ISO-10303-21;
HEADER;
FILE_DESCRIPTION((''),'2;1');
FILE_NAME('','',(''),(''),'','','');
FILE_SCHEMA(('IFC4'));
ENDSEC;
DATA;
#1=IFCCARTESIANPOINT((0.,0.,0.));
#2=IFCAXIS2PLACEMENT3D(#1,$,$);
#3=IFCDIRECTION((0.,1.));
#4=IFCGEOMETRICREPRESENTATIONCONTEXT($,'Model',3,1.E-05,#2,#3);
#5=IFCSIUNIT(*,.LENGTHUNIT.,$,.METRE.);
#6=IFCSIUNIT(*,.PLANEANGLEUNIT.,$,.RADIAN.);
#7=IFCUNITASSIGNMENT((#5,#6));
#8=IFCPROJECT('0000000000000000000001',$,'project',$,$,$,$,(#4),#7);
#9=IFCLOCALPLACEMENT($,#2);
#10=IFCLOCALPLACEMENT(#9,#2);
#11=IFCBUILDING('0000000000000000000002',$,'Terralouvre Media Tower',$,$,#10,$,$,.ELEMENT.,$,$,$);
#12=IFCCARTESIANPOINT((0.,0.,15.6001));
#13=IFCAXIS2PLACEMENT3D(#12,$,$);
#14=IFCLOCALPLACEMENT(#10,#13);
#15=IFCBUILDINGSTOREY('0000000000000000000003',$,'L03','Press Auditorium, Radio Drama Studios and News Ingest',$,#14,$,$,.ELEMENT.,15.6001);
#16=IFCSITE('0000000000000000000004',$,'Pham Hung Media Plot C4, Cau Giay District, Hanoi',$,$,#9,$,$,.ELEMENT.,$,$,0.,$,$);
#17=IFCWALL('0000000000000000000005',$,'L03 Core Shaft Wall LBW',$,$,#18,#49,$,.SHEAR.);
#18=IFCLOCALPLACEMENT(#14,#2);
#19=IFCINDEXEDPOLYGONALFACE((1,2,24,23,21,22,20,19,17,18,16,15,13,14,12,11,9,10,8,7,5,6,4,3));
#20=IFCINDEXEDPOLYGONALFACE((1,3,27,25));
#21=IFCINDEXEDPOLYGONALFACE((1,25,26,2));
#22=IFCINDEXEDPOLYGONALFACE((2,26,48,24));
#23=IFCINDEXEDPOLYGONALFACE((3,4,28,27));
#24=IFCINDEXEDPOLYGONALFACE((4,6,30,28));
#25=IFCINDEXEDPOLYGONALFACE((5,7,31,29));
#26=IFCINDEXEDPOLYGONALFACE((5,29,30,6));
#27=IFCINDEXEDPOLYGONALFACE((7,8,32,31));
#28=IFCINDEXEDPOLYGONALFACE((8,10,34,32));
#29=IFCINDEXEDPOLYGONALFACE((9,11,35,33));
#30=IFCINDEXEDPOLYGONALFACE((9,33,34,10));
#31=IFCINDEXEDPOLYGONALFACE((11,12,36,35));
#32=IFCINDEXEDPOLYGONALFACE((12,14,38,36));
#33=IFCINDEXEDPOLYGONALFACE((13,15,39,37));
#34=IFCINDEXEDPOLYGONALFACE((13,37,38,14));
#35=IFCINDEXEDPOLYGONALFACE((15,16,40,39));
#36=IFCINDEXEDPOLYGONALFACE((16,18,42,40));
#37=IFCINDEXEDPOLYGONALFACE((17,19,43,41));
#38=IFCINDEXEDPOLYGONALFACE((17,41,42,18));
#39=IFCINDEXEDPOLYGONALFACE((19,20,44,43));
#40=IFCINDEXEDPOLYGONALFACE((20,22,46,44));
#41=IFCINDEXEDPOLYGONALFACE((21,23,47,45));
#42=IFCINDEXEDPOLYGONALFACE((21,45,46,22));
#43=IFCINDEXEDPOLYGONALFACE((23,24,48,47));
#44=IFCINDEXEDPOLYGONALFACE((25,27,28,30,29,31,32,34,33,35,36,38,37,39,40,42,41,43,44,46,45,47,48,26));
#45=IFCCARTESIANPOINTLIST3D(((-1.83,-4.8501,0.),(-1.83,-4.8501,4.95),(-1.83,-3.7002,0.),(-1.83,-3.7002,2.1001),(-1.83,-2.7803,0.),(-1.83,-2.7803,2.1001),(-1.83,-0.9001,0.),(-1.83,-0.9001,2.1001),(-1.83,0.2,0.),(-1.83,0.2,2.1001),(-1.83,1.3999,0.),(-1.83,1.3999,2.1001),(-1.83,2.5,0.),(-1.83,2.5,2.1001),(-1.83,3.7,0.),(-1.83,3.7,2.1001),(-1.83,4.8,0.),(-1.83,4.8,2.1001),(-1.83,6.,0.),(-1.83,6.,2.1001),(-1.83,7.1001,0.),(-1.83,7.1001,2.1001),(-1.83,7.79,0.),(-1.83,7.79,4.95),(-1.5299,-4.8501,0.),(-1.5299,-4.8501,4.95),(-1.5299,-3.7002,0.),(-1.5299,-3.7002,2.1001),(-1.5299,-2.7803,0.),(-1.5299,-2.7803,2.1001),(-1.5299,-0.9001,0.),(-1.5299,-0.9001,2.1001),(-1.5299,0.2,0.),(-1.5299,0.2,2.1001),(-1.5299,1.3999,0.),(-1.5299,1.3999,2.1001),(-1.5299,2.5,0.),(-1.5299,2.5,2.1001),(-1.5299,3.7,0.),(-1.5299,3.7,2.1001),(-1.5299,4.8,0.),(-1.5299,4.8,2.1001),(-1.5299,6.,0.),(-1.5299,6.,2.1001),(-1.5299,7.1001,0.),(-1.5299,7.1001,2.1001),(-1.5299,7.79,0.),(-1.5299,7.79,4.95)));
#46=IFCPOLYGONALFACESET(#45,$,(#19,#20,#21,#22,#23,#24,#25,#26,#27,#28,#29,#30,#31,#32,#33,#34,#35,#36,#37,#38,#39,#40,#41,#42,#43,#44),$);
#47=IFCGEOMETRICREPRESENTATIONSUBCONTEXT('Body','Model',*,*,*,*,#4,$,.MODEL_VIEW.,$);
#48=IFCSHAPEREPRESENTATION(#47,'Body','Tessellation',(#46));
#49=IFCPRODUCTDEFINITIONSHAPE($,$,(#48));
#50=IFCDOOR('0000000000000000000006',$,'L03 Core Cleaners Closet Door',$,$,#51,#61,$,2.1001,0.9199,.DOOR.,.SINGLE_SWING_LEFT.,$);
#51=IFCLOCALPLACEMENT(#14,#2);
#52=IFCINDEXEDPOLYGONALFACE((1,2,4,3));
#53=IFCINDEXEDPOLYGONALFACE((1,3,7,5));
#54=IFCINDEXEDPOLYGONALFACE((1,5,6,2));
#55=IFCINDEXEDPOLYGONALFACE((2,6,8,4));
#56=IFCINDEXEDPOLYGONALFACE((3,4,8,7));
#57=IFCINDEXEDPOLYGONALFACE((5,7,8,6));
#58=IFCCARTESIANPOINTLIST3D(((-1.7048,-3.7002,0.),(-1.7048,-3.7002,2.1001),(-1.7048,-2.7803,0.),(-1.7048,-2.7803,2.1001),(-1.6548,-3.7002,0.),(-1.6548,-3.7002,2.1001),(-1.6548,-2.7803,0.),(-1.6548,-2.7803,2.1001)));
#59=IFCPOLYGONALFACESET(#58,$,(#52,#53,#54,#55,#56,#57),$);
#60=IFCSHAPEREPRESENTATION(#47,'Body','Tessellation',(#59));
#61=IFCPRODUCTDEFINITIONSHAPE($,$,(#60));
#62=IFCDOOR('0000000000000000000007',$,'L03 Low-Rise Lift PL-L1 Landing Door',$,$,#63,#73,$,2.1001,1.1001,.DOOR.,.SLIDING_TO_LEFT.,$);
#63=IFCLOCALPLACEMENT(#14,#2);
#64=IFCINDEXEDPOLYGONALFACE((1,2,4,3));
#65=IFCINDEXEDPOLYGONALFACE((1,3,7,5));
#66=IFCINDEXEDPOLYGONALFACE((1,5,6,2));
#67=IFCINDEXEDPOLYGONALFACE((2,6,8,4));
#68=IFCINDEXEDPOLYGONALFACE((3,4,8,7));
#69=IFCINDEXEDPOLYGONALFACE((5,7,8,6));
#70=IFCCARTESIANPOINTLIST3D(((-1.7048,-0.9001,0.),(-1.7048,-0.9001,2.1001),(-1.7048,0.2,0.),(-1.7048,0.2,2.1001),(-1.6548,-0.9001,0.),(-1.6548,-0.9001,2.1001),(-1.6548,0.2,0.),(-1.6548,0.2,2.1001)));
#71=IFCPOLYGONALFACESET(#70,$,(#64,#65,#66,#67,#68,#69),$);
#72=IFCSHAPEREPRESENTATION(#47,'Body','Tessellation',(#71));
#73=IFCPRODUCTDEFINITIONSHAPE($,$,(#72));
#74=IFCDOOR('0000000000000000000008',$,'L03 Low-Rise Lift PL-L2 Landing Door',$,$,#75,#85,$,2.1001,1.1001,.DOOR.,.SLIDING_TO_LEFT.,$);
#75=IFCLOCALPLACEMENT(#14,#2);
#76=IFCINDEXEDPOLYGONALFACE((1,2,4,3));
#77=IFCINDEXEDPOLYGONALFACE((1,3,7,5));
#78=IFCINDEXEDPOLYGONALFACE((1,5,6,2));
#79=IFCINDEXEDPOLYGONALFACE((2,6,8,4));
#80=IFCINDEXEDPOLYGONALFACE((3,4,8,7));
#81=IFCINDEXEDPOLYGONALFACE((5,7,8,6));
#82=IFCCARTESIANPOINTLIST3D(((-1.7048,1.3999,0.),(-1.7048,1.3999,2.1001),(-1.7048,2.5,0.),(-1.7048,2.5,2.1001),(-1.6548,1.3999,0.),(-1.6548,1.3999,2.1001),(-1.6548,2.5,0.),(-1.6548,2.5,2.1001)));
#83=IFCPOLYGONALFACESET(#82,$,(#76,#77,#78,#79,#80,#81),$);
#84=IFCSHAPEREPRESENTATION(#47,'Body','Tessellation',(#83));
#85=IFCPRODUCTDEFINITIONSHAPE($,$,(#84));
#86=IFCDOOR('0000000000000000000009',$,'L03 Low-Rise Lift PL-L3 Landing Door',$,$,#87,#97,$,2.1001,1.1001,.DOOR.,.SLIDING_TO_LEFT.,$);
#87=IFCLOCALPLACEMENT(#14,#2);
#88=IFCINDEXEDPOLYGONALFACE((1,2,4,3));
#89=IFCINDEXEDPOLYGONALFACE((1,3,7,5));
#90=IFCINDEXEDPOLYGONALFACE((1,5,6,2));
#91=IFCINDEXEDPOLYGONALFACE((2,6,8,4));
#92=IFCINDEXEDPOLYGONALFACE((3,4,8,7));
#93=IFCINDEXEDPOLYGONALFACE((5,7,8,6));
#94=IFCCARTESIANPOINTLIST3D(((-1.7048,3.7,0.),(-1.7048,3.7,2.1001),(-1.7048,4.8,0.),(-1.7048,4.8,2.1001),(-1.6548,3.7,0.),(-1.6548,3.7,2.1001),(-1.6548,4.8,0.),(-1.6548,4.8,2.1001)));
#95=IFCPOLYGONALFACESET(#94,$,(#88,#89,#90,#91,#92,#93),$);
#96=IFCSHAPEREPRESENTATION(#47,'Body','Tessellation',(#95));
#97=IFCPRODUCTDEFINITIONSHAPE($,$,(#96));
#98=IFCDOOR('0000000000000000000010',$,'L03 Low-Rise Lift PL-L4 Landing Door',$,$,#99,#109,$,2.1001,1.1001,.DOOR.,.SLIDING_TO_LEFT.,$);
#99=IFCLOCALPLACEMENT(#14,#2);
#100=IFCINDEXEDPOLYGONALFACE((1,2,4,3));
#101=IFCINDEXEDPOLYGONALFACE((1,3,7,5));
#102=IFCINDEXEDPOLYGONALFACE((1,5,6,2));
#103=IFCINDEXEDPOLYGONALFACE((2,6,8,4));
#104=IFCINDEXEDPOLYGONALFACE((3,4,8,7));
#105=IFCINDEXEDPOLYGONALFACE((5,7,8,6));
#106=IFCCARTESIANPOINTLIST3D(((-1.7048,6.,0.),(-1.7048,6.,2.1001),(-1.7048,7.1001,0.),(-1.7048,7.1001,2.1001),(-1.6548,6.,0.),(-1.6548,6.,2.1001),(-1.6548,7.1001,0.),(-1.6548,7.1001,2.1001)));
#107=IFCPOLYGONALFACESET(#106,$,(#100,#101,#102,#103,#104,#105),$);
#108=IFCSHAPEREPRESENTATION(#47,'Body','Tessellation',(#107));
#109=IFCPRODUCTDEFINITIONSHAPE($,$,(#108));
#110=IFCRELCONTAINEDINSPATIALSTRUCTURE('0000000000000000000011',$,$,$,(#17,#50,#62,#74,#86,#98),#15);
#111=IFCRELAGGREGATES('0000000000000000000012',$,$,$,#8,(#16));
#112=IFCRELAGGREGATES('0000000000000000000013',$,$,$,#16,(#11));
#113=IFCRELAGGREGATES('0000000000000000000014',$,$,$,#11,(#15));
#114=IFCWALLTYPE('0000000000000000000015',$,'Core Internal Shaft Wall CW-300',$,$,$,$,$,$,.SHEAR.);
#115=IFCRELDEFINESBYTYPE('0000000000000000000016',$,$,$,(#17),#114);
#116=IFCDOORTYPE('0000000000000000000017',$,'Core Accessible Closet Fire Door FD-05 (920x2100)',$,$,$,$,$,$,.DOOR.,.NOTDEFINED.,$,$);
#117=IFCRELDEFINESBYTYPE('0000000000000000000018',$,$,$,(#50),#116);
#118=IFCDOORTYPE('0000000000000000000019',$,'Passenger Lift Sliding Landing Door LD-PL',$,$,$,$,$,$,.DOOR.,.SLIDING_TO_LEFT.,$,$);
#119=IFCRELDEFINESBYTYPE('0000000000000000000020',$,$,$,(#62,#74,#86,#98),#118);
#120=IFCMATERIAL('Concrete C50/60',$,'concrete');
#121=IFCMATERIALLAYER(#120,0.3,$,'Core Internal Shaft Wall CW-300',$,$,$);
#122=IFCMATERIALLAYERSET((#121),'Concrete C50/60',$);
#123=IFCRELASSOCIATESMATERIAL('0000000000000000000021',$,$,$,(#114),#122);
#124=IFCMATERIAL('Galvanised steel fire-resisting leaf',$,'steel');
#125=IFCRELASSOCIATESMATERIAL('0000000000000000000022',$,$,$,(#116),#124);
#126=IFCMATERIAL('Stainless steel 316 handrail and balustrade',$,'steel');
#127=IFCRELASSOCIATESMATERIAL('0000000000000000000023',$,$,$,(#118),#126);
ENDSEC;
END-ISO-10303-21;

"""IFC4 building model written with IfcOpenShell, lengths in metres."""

from ifc_helpers import new_model, si_unit, direction, frame, frame_2d, origin, place, context, subcontext, project, spatial, rectangle, extrude, material, layer, layer_set, type_object, element, fill, save


model = new_model("IFC4")

# Units and contexts
model_context = context("Model", 3, precision=1e-05, world=origin(), true_north=direction((0.0, 1.0)))
body_context = subcontext(model_context, "Body", "Model", "MODEL_VIEW")
ifc_project = project(units=[si_unit("LENGTHUNIT", "METRE"), si_unit("PLANEANGLEUNIT", "RADIAN")], contexts=[model_context])

# Site, building, storey
site_placement = place(None, origin())
site = spatial("IfcSite", under=ifc_project, at=site_placement, Name="Pham Hung Media Plot C4, Cau Giay District, Hanoi", CompositionType="ELEMENT", RefElevation=0.0)
building_placement = place(site_placement, origin())
building = spatial("IfcBuilding", under=site, at=building_placement, Name="Terralouvre Media Tower", CompositionType="ELEMENT")
storey_placement = place(building_placement, frame((0.0, 0.0, 15.6001)))
storey = spatial("IfcBuildingStorey", under=building, at=storey_placement, Name="L03", Description="Press Auditorium, Radio Drama Studios and News Ingest", CompositionType="ELEMENT", Elevation=15.6001)

# Wall, openings, doors
ifc_material_1 = material(Name="Concrete C50/60", Category="concrete")
ifc_layer_1 = layer(ifc_material_1, 0.3, Name="Core Internal Shaft Wall CW-300")
ifc_layer_set_1 = layer_set([ifc_layer_1], Name="Concrete C50/60")
wall_type = type_object("IfcWallType", Name="Core Internal Shaft Wall CW-300", PredefinedType="SHEAR", material=ifc_layer_set_1)
wall_placement = place(storey_placement, frame((-1.6799, -4.8501, 0.0), z_axis=(0.0, 0.0, 1.0), x_axis=(0.0, 1.0, 0.0)))
wall = element("IfcWall", 1, at=wall_placement, inside=storey, type_object=wall_type, Name="L03 Core Shaft Wall LBW", PredefinedType="SHEAR", context=body_context, shape_type="SweptSolid", body=[
    extrude(rectangle(XDim=12.6401, YDim=0.3, at=frame_2d((6.3201, 0.0))), origin(), (0.0, 0.0, 1.0), 4.95),
])
opening_1_placement = place(wall_placement, frame((3.95, 0.0, 0.0)))
opening_1 = element("IfcOpeningElement", 2, at=opening_1_placement, cuts=wall, PredefinedType="OPENING", context=body_context, shape_type="SweptSolid", body=[
    extrude(rectangle(XDim=1.1001, YDim=2.1001, at=frame_2d((0.55, 1.05))), frame((0.0, 0.1599, 0.0), z_axis=(0.0, -1.0, 0.0), x_axis=(1.0, 0.0, 0.0)), (0.0, 0.0, 1.0), 0.3201),
])
opening_2_placement = place(wall_placement, frame((6.25, 0.0, 0.0)))
opening_2 = element("IfcOpeningElement", 3, at=opening_2_placement, cuts=wall, PredefinedType="OPENING", context=body_context, shape_type="SweptSolid", body=[
    extrude(rectangle(XDim=1.1001, YDim=2.1001, at=frame_2d((0.55, 1.05))), frame((0.0, 0.1599, 0.0), z_axis=(0.0, -1.0, 0.0), x_axis=(1.0, 0.0, 0.0)), (0.0, 0.0, 1.0), 0.3201),
])
opening_3_placement = place(wall_placement, frame((8.55, 0.0, 0.0)))
opening_3 = element("IfcOpeningElement", 4, at=opening_3_placement, cuts=wall, PredefinedType="OPENING", context=body_context, shape_type="SweptSolid", body=[
    extrude(rectangle(XDim=1.1001, YDim=2.1001, at=frame_2d((0.55, 1.05))), frame((0.0, 0.1599, 0.0), z_axis=(0.0, -1.0, 0.0), x_axis=(1.0, 0.0, 0.0)), (0.0, 0.0, 1.0), 0.3201),
])
opening_4_placement = place(wall_placement, frame((10.8501, 0.0, 0.0)))
opening_4 = element("IfcOpeningElement", 5, at=opening_4_placement, cuts=wall, PredefinedType="OPENING", context=body_context, shape_type="SweptSolid", body=[
    extrude(rectangle(XDim=1.1001, YDim=2.1001, at=frame_2d((0.55, 1.05))), frame((0.0, 0.1599, 0.0), z_axis=(0.0, -1.0, 0.0), x_axis=(1.0, 0.0, 0.0)), (0.0, 0.0, 1.0), 0.3201),
])
opening_5_placement = place(wall_placement, frame((1.1499, 0.0, 0.0)))
opening_5 = element("IfcOpeningElement", 6, at=opening_5_placement, cuts=wall, PredefinedType="OPENING", context=body_context, shape_type="SweptSolid", body=[
    extrude(rectangle(XDim=0.9199, YDim=2.1001, at=frame_2d((0.46, 1.05))), frame((0.0, 0.1599, 0.0), z_axis=(0.0, -1.0, 0.0), x_axis=(1.0, 0.0, 0.0)), (0.0, 0.0, 1.0), 0.3201),
])
ifc_material_2 = material(Name="Galvanised steel fire-resisting leaf", Category="steel")
door_type_1 = type_object("IfcDoorType", Name="Core Accessible Closet Fire Door FD-05 (920x2100)", OperationType="NOTDEFINED", PredefinedType="DOOR", material=ifc_material_2)
door_1_placement = place(opening_5_placement, origin())
door_1 = element("IfcDoor", 7, at=door_1_placement, inside=storey, type_object=door_type_1, Name="L03 Core Cleaners Closet Door", OperationType="SINGLE_SWING_LEFT", OverallHeight=2.1001, OverallWidth=0.9199, PredefinedType="DOOR", context=body_context, shape_type="SweptSolid", body=[
    extrude(rectangle(XDim=0.9199, YDim=2.1001, at=frame_2d((0.46, 1.05))), frame((0.0, 0.0249, 0.0), z_axis=(0.0, -1.0, 0.0), x_axis=(1.0, 0.0, 0.0)), (0.0, 0.0, 1.0), 0.05),
])
fill(opening_5, door_1)
ifc_material_3 = material(Name="Stainless steel 316 handrail and balustrade", Category="steel")
door_type_2 = type_object("IfcDoorType", Name="Passenger Lift Sliding Landing Door LD-PL", OperationType="SLIDING_TO_LEFT", PredefinedType="DOOR", material=ifc_material_3)
door_2_placement = place(opening_1_placement, origin())
door_2 = element("IfcDoor", 8, at=door_2_placement, inside=storey, type_object=door_type_2, Name="L03 Low-Rise Lift PL-L1 Landing Door", OperationType="SLIDING_TO_LEFT", OverallHeight=2.1001, OverallWidth=1.1001, PredefinedType="DOOR", context=body_context, shape_type="SweptSolid", body=[
    extrude(rectangle(XDim=1.1001, YDim=2.1001, at=frame_2d((0.55, 1.05))), frame((0.0, 0.0249, 0.0), z_axis=(0.0, -1.0, 0.0), x_axis=(1.0, 0.0, 0.0)), (0.0, 0.0, 1.0), 0.05),
])
fill(opening_1, door_2)
door_3_placement = place(opening_2_placement, origin())
door_3 = element("IfcDoor", 9, at=door_3_placement, inside=storey, type_object=door_type_2, Name="L03 Low-Rise Lift PL-L2 Landing Door", OperationType="SLIDING_TO_LEFT", OverallHeight=2.1001, OverallWidth=1.1001, PredefinedType="DOOR", context=body_context, shape_type="SweptSolid", body=[
    extrude(rectangle(XDim=1.1001, YDim=2.1001, at=frame_2d((0.55, 1.05))), frame((0.0, 0.0249, 0.0), z_axis=(0.0, -1.0, 0.0), x_axis=(1.0, 0.0, 0.0)), (0.0, 0.0, 1.0), 0.05),
])
fill(opening_2, door_3)
door_4_placement = place(opening_3_placement, origin())
door_4 = element("IfcDoor", 10, at=door_4_placement, inside=storey, type_object=door_type_2, Name="L03 Low-Rise Lift PL-L3 Landing Door", OperationType="SLIDING_TO_LEFT", OverallHeight=2.1001, OverallWidth=1.1001, PredefinedType="DOOR", context=body_context, shape_type="SweptSolid", body=[
    extrude(rectangle(XDim=1.1001, YDim=2.1001, at=frame_2d((0.55, 1.05))), frame((0.0, 0.0249, 0.0), z_axis=(0.0, -1.0, 0.0), x_axis=(1.0, 0.0, 0.0)), (0.0, 0.0, 1.0), 0.05),
])
fill(opening_3, door_4)
door_5_placement = place(opening_4_placement, origin())
door_5 = element("IfcDoor", 11, at=door_5_placement, inside=storey, type_object=door_type_2, Name="L03 Low-Rise Lift PL-L4 Landing Door", OperationType="SLIDING_TO_LEFT", OverallHeight=2.1001, OverallWidth=1.1001, PredefinedType="DOOR", context=body_context, shape_type="SweptSolid", body=[
    extrude(rectangle(XDim=1.1001, YDim=2.1001, at=frame_2d((0.55, 1.05))), frame((0.0, 0.0249, 0.0), z_axis=(0.0, -1.0, 0.0), x_axis=(1.0, 0.0, 0.0)), (0.0, 0.0, 1.0), 0.05),
])
fill(opening_4, door_5)

save(model, "model.ifc")
